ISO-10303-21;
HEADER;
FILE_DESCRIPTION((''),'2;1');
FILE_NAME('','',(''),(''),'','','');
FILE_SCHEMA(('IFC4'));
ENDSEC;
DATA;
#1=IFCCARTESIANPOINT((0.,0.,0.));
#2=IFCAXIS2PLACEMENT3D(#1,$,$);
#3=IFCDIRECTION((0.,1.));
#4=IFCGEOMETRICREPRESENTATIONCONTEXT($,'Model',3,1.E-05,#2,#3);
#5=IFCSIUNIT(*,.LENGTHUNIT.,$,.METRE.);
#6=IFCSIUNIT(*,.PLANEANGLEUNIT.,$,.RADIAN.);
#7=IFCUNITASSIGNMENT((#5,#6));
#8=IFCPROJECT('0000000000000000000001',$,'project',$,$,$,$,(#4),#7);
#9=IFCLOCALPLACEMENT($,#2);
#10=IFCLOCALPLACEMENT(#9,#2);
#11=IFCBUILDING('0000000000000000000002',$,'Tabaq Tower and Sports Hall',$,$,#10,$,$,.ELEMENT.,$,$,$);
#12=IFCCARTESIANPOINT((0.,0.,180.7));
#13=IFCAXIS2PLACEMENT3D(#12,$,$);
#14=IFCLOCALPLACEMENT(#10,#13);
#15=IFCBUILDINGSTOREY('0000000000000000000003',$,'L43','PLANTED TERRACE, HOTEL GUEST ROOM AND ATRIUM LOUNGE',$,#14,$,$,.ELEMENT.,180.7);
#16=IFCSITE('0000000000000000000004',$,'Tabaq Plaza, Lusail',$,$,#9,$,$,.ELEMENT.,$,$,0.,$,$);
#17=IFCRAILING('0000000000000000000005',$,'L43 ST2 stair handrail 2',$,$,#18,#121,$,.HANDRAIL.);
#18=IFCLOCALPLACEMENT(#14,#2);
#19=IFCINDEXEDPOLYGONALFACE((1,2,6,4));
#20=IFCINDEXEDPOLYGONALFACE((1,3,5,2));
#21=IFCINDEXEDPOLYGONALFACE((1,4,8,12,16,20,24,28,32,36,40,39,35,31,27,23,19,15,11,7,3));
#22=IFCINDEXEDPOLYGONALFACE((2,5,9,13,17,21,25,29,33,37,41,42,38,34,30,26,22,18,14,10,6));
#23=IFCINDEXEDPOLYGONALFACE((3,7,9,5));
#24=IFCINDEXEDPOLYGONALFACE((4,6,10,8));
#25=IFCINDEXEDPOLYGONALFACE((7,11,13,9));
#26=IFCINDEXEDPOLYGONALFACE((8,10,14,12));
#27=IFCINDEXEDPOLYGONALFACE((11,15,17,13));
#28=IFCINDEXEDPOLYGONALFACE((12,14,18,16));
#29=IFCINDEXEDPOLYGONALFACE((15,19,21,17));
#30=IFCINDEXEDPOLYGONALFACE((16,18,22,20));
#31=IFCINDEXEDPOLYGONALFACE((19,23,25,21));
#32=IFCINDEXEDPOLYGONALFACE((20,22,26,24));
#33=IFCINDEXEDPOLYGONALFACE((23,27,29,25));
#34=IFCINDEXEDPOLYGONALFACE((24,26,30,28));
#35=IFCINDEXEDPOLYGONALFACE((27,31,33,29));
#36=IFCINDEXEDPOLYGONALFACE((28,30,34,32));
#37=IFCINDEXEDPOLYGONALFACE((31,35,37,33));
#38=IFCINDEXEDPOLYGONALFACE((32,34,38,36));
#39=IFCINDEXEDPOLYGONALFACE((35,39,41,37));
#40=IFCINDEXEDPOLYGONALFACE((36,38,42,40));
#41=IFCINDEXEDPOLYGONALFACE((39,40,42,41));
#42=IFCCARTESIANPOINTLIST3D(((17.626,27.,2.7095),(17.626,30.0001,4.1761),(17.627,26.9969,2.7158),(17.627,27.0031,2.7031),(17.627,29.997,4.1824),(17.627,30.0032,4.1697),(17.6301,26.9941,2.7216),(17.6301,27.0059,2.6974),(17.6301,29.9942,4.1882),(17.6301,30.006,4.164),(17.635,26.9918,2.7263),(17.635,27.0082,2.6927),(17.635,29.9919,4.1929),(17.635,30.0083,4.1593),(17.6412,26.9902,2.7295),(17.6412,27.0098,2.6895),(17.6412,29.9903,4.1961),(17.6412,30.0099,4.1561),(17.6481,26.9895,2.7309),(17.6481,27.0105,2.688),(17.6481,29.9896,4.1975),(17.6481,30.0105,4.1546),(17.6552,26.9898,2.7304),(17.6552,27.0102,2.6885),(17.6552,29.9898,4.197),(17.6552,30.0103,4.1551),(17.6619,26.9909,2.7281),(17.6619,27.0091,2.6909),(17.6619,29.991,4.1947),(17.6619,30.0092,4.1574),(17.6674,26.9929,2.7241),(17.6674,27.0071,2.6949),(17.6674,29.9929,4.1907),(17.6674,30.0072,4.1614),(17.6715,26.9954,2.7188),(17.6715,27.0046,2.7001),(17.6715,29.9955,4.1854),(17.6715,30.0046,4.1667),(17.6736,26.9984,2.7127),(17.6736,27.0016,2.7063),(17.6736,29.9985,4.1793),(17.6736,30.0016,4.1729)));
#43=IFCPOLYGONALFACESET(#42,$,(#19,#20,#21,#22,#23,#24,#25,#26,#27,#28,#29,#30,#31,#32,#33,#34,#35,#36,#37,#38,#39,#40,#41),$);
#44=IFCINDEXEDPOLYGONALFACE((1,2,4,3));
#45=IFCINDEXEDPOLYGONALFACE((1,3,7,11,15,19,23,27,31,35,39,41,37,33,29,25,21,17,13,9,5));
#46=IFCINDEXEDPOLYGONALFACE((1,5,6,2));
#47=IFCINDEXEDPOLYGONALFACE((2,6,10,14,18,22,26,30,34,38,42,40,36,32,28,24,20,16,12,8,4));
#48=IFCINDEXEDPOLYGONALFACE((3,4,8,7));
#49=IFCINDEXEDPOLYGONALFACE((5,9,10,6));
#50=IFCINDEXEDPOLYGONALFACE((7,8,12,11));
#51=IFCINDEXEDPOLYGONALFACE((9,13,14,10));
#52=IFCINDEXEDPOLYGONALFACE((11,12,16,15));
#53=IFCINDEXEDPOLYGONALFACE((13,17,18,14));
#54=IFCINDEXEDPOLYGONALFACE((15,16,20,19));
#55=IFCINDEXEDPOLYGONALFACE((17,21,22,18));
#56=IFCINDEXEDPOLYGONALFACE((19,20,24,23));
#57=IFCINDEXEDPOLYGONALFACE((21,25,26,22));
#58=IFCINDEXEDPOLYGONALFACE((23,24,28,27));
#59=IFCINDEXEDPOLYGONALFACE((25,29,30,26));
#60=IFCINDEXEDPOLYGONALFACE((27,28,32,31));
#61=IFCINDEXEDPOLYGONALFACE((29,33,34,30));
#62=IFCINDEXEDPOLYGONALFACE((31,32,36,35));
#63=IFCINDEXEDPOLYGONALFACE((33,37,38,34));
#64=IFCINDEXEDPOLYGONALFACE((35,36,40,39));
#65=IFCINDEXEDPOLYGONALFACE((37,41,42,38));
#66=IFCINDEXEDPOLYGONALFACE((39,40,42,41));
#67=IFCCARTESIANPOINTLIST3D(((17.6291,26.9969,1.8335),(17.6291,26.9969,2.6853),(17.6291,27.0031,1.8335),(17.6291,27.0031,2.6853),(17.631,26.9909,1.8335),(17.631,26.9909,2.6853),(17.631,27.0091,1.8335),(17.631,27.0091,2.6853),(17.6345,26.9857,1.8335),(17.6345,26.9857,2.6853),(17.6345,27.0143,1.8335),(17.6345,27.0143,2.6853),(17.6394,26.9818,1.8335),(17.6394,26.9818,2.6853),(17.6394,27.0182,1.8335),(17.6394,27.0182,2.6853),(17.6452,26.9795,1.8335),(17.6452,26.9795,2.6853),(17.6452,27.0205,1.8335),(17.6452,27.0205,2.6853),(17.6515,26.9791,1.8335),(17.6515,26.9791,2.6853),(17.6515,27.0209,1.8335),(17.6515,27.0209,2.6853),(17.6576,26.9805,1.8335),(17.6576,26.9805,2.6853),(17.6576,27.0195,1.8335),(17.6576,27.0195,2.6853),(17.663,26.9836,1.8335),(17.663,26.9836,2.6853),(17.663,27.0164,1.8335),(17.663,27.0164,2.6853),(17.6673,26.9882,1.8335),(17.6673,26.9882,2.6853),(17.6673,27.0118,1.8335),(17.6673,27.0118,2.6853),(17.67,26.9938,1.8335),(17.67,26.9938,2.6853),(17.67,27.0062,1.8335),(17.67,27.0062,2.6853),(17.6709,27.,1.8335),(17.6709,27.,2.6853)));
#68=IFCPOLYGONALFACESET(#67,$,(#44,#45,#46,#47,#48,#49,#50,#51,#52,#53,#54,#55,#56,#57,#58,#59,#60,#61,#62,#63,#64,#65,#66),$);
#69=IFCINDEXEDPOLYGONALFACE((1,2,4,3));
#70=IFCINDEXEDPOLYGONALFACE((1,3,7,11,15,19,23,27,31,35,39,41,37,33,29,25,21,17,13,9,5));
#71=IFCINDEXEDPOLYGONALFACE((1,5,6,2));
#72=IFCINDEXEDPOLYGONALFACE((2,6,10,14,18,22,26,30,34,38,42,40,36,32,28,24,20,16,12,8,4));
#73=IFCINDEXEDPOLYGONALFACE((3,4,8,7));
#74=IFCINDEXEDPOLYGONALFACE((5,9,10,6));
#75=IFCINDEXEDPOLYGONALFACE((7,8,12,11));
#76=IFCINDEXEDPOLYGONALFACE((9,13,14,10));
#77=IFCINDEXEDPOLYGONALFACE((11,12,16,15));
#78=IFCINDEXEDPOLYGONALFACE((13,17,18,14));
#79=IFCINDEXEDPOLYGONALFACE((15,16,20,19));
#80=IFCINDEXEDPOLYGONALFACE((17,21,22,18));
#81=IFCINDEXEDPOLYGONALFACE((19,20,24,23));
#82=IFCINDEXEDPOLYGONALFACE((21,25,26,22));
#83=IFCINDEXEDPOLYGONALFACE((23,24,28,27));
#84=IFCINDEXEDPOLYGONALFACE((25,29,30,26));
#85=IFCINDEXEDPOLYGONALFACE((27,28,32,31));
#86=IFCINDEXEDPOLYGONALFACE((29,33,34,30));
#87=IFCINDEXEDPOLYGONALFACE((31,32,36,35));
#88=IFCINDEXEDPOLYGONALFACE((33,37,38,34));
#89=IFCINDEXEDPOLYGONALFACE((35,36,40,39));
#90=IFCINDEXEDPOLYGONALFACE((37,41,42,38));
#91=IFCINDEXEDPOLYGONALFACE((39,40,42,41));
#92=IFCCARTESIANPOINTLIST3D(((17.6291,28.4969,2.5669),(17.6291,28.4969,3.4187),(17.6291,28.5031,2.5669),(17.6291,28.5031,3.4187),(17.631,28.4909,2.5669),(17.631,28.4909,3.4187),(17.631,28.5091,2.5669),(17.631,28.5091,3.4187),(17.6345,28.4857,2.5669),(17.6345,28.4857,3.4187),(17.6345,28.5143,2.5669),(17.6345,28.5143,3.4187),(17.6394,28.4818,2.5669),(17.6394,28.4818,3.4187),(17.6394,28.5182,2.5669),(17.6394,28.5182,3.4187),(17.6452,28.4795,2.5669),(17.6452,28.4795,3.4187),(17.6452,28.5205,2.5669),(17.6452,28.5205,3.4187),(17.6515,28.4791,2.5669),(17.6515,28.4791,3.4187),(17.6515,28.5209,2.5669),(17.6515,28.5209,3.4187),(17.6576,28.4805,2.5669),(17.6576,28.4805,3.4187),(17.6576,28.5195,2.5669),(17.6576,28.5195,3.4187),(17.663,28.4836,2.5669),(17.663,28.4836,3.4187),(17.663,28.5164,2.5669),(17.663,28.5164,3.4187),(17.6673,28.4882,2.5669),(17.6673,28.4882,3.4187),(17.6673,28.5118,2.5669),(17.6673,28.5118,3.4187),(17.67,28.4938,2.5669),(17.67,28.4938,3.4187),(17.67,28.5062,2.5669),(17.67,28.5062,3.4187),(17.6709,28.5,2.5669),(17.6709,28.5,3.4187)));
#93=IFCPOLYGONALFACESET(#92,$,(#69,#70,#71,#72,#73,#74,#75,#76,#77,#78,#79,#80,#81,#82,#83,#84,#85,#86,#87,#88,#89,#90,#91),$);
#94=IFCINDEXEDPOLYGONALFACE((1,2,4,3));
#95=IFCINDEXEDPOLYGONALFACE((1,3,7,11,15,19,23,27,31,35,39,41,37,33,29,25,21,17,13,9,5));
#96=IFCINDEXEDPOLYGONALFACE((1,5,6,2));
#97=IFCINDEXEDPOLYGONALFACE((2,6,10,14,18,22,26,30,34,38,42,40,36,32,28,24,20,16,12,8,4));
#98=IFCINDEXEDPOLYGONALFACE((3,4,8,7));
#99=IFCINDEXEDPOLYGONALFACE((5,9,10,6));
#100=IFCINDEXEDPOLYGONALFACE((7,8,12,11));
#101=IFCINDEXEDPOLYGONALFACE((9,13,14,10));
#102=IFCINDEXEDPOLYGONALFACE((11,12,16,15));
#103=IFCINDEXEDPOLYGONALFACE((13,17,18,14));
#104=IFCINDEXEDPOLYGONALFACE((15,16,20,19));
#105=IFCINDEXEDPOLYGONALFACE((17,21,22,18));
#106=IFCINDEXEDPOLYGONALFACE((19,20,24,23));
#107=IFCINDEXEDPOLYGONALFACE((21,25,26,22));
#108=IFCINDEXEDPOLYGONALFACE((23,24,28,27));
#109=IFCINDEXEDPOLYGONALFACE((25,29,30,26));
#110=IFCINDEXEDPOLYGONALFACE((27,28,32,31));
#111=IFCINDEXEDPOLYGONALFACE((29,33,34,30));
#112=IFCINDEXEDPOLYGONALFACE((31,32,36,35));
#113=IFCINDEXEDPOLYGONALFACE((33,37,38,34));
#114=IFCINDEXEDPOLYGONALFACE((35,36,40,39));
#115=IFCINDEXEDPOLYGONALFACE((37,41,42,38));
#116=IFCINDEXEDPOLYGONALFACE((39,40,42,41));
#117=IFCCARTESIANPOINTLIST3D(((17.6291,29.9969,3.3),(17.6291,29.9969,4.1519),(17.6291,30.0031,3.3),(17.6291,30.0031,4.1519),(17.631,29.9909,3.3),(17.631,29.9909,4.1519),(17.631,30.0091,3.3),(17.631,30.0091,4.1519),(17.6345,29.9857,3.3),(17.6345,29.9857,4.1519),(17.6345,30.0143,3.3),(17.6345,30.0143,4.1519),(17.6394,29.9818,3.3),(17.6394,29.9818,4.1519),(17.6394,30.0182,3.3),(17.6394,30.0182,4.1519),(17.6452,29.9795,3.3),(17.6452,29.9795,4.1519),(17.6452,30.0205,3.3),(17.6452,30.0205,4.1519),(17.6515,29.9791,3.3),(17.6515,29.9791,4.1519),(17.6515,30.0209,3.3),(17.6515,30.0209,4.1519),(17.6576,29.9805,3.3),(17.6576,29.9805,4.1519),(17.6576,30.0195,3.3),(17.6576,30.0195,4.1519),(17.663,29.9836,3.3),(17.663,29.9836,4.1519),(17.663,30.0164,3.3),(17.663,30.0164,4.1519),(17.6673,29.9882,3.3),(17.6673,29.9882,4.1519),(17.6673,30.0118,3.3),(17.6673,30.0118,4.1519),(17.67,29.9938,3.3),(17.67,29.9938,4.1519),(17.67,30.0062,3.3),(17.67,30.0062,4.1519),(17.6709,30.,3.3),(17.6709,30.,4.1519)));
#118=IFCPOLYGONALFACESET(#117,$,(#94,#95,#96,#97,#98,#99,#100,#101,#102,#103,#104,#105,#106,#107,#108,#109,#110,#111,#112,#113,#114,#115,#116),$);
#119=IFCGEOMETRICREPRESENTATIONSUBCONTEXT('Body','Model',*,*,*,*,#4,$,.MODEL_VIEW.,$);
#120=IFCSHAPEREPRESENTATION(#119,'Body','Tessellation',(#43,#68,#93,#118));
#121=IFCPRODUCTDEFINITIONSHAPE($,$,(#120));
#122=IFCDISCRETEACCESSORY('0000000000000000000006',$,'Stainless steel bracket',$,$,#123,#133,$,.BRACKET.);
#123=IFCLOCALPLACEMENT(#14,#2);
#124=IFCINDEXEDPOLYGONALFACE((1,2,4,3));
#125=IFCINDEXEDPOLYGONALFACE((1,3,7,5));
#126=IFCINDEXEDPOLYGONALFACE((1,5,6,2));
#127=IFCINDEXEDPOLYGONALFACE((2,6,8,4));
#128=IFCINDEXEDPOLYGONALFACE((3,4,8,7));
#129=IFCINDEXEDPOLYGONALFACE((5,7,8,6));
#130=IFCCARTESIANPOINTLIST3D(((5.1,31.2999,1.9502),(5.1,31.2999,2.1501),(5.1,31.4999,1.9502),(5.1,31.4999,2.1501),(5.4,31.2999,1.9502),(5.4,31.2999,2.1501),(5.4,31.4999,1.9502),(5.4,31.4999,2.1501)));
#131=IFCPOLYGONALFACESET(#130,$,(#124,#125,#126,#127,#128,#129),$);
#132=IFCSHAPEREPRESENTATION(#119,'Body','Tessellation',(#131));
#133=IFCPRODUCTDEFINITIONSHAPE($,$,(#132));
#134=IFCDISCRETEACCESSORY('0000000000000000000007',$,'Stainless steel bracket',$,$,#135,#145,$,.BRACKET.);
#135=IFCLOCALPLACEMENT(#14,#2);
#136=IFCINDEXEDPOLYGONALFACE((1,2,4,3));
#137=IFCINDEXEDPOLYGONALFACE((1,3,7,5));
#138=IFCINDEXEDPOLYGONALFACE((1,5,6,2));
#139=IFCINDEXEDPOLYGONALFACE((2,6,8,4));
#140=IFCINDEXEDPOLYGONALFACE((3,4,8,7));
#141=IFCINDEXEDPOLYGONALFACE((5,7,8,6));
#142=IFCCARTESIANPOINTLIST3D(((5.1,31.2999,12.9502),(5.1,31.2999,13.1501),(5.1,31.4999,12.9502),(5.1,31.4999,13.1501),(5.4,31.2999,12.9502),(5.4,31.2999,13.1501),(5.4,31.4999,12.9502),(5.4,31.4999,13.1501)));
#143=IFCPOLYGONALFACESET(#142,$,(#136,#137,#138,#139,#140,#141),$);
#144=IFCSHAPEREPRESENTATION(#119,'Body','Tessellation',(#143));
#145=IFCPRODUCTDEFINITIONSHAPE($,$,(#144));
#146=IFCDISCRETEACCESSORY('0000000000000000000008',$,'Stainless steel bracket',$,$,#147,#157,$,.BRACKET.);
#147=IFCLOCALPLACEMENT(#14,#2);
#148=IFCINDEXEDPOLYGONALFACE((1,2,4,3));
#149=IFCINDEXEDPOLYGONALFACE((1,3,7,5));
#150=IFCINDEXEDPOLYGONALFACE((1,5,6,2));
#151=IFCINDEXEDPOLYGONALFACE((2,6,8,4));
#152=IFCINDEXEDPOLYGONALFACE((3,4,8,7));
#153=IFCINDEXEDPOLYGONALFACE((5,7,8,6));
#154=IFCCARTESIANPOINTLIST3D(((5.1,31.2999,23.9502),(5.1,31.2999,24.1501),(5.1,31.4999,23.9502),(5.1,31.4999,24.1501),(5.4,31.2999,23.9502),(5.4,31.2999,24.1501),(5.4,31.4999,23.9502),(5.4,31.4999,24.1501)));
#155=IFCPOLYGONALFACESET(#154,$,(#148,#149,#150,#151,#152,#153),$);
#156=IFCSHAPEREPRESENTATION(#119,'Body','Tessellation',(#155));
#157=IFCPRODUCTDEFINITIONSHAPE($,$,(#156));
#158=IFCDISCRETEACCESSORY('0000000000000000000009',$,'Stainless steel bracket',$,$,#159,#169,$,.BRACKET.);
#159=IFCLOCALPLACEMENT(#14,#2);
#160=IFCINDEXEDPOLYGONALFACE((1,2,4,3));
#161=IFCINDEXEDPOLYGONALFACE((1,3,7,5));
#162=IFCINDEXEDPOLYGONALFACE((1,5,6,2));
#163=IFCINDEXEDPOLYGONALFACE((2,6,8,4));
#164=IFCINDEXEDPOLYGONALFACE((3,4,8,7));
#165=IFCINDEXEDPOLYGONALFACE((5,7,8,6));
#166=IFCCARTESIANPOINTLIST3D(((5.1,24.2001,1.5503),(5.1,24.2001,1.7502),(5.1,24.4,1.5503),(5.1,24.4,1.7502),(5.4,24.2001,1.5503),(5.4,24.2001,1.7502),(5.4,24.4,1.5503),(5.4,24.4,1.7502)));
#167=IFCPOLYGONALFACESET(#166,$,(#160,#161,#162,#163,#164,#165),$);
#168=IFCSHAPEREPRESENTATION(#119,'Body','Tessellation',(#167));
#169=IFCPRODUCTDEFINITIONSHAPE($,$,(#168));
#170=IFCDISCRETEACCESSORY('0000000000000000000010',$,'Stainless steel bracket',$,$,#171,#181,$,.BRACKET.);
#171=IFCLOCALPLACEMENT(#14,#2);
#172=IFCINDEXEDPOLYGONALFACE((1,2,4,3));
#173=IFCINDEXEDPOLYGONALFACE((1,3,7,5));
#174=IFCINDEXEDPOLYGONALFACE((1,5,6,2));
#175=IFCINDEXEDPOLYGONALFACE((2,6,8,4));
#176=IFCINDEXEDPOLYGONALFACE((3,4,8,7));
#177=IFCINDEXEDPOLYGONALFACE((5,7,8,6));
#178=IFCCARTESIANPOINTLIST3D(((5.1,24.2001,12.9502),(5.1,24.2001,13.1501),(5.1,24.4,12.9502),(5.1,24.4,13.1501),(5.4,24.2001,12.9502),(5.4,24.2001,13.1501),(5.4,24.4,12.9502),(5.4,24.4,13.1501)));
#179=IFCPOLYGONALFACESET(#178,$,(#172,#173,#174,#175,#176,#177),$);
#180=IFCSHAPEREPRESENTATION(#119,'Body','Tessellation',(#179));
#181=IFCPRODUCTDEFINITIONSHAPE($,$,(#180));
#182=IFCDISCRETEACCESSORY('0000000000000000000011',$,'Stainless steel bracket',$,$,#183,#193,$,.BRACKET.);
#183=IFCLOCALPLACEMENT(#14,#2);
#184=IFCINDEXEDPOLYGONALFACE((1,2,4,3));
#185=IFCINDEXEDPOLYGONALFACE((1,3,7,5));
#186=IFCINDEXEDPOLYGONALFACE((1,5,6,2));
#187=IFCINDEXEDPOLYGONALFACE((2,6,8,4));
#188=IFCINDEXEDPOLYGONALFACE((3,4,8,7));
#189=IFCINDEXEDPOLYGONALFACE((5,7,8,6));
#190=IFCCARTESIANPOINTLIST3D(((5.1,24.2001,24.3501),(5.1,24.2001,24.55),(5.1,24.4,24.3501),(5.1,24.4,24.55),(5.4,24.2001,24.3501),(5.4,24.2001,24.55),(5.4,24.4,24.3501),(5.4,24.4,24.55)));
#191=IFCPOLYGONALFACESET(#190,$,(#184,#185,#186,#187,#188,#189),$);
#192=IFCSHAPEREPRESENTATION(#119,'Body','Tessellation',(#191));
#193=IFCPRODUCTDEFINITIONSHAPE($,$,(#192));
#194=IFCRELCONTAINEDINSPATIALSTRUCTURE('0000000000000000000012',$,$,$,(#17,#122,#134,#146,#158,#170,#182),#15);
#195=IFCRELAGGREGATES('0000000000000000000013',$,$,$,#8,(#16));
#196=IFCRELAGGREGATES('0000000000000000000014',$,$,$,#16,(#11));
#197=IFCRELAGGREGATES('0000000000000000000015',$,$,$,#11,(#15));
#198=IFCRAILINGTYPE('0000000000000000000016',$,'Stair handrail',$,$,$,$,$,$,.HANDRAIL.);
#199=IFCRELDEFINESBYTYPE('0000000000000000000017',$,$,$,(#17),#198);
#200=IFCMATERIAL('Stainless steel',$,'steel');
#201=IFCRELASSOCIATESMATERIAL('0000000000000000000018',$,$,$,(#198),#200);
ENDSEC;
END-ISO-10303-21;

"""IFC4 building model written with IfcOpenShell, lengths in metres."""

from ifc_helpers import new_model, si_unit, direction, frame, origin, origin_2d, place, context, subcontext, project, spatial, rectangle, circle, extrude, material, type_object, element, save


model = new_model("IFC4")

# Units and contexts
model_context = context("Model", 3, precision=1e-05, world=origin(), true_north=direction((0.0, 1.0)))
body_context = subcontext(model_context, "Body", "Model", "MODEL_VIEW")
ifc_project = project(units=[si_unit("LENGTHUNIT", "METRE"), si_unit("PLANEANGLEUNIT", "RADIAN")], contexts=[model_context])

# Site, building, storey
site_placement = place(None, origin())
site = spatial("IfcSite", under=ifc_project, at=site_placement, Name="Tabaq Plaza, Lusail", CompositionType="ELEMENT", RefElevation=0.0)
building_placement = place(site_placement, origin())
building = spatial("IfcBuilding", under=site, at=building_placement, Name="Tabaq Tower and Sports Hall", CompositionType="ELEMENT")
storey_placement = place(building_placement, frame((0.0, 0.0, 180.7)))
storey = spatial("IfcBuildingStorey", under=building, at=storey_placement, Name="L43", Description="PLANTED TERRACE, HOTEL GUEST ROOM AND ATRIUM LOUNGE", CompositionType="ELEMENT", Elevation=180.7)

# Railing
ifc_material_1 = material(Name="Stainless steel", Category="steel")
railing_type = type_object("IfcRailingType", Name="Stair handrail", PredefinedType="HANDRAIL", material=ifc_material_1)
railing_placement = place(storey_placement, frame((17.6499, 27.0, 1.8335)))
element("IfcRailing", 1, at=railing_placement, inside=storey, type_object=railing_type, Name="L43 ST2 stair handrail 2", PredefinedType="HANDRAIL", context=body_context, shape_type="SweptSolid", body=[
    extrude(circle(Radius=0.0239, at=origin_2d()), frame((0.0, 0.0, 0.876), z_axis=(0.0, 0.898398, 0.439183), x_axis=(-1.0, 0.0, 0.0)), (0.0, 0.0, 1.0), 3.3394),
    extrude(circle(Radius=0.021, at=origin_2d()), origin(), (0.0, 0.0, 1.0), 0.8518),
    extrude(circle(Radius=0.021, at=origin_2d()), frame((0.0, 1.5, 0.7334)), (0.0, 0.0, 1.0), 0.8518),
    extrude(circle(Radius=0.021, at=origin_2d()), frame((0.0, 3.0, 1.4666)), (0.0, 0.0, 1.0), 0.8518),
])

# Discrete accessories
for number, where, z_axis, x_axis, name in (
    (2, (5.25, 31.3999, 1.9502), (0.0, 0.0, 1.0), (0.0, 1.0, 0.0), "Stainless steel bracket"),
    (3, (5.25, 31.3999, 12.9502), (0.0, 0.0, 1.0), (0.0, 1.0, 0.0), "Stainless steel bracket"),
    (4, (5.25, 31.3999, 23.9502), (0.0, 0.0, 1.0), (0.0, 1.0, 0.0), "Stainless steel bracket"),
    (5, (5.25, 24.3, 1.5503), (0.0, 0.0, 1.0), (0.0, 1.0, 0.0), "Stainless steel bracket"),
    (6, (5.25, 24.3, 12.9502), (0.0, 0.0, 1.0), (0.0, 1.0, 0.0), "Stainless steel bracket"),
    (7, (5.25, 24.3, 24.3501), (0.0, 0.0, 1.0), (0.0, 1.0, 0.0), "Stainless steel bracket"),
):
    element("IfcDiscreteAccessory", number, at=place(storey_placement, frame(where, z_axis=z_axis, x_axis=x_axis)), inside=storey, Name=name, PredefinedType="BRACKET", context=body_context, shape_type="SweptSolid", body=[
        extrude(rectangle(XDim=0.2, YDim=0.3, at=origin_2d()), origin(), (0.0, 0.0, 1.0), 0.2),
    ])

save(model, "model.ifc")
